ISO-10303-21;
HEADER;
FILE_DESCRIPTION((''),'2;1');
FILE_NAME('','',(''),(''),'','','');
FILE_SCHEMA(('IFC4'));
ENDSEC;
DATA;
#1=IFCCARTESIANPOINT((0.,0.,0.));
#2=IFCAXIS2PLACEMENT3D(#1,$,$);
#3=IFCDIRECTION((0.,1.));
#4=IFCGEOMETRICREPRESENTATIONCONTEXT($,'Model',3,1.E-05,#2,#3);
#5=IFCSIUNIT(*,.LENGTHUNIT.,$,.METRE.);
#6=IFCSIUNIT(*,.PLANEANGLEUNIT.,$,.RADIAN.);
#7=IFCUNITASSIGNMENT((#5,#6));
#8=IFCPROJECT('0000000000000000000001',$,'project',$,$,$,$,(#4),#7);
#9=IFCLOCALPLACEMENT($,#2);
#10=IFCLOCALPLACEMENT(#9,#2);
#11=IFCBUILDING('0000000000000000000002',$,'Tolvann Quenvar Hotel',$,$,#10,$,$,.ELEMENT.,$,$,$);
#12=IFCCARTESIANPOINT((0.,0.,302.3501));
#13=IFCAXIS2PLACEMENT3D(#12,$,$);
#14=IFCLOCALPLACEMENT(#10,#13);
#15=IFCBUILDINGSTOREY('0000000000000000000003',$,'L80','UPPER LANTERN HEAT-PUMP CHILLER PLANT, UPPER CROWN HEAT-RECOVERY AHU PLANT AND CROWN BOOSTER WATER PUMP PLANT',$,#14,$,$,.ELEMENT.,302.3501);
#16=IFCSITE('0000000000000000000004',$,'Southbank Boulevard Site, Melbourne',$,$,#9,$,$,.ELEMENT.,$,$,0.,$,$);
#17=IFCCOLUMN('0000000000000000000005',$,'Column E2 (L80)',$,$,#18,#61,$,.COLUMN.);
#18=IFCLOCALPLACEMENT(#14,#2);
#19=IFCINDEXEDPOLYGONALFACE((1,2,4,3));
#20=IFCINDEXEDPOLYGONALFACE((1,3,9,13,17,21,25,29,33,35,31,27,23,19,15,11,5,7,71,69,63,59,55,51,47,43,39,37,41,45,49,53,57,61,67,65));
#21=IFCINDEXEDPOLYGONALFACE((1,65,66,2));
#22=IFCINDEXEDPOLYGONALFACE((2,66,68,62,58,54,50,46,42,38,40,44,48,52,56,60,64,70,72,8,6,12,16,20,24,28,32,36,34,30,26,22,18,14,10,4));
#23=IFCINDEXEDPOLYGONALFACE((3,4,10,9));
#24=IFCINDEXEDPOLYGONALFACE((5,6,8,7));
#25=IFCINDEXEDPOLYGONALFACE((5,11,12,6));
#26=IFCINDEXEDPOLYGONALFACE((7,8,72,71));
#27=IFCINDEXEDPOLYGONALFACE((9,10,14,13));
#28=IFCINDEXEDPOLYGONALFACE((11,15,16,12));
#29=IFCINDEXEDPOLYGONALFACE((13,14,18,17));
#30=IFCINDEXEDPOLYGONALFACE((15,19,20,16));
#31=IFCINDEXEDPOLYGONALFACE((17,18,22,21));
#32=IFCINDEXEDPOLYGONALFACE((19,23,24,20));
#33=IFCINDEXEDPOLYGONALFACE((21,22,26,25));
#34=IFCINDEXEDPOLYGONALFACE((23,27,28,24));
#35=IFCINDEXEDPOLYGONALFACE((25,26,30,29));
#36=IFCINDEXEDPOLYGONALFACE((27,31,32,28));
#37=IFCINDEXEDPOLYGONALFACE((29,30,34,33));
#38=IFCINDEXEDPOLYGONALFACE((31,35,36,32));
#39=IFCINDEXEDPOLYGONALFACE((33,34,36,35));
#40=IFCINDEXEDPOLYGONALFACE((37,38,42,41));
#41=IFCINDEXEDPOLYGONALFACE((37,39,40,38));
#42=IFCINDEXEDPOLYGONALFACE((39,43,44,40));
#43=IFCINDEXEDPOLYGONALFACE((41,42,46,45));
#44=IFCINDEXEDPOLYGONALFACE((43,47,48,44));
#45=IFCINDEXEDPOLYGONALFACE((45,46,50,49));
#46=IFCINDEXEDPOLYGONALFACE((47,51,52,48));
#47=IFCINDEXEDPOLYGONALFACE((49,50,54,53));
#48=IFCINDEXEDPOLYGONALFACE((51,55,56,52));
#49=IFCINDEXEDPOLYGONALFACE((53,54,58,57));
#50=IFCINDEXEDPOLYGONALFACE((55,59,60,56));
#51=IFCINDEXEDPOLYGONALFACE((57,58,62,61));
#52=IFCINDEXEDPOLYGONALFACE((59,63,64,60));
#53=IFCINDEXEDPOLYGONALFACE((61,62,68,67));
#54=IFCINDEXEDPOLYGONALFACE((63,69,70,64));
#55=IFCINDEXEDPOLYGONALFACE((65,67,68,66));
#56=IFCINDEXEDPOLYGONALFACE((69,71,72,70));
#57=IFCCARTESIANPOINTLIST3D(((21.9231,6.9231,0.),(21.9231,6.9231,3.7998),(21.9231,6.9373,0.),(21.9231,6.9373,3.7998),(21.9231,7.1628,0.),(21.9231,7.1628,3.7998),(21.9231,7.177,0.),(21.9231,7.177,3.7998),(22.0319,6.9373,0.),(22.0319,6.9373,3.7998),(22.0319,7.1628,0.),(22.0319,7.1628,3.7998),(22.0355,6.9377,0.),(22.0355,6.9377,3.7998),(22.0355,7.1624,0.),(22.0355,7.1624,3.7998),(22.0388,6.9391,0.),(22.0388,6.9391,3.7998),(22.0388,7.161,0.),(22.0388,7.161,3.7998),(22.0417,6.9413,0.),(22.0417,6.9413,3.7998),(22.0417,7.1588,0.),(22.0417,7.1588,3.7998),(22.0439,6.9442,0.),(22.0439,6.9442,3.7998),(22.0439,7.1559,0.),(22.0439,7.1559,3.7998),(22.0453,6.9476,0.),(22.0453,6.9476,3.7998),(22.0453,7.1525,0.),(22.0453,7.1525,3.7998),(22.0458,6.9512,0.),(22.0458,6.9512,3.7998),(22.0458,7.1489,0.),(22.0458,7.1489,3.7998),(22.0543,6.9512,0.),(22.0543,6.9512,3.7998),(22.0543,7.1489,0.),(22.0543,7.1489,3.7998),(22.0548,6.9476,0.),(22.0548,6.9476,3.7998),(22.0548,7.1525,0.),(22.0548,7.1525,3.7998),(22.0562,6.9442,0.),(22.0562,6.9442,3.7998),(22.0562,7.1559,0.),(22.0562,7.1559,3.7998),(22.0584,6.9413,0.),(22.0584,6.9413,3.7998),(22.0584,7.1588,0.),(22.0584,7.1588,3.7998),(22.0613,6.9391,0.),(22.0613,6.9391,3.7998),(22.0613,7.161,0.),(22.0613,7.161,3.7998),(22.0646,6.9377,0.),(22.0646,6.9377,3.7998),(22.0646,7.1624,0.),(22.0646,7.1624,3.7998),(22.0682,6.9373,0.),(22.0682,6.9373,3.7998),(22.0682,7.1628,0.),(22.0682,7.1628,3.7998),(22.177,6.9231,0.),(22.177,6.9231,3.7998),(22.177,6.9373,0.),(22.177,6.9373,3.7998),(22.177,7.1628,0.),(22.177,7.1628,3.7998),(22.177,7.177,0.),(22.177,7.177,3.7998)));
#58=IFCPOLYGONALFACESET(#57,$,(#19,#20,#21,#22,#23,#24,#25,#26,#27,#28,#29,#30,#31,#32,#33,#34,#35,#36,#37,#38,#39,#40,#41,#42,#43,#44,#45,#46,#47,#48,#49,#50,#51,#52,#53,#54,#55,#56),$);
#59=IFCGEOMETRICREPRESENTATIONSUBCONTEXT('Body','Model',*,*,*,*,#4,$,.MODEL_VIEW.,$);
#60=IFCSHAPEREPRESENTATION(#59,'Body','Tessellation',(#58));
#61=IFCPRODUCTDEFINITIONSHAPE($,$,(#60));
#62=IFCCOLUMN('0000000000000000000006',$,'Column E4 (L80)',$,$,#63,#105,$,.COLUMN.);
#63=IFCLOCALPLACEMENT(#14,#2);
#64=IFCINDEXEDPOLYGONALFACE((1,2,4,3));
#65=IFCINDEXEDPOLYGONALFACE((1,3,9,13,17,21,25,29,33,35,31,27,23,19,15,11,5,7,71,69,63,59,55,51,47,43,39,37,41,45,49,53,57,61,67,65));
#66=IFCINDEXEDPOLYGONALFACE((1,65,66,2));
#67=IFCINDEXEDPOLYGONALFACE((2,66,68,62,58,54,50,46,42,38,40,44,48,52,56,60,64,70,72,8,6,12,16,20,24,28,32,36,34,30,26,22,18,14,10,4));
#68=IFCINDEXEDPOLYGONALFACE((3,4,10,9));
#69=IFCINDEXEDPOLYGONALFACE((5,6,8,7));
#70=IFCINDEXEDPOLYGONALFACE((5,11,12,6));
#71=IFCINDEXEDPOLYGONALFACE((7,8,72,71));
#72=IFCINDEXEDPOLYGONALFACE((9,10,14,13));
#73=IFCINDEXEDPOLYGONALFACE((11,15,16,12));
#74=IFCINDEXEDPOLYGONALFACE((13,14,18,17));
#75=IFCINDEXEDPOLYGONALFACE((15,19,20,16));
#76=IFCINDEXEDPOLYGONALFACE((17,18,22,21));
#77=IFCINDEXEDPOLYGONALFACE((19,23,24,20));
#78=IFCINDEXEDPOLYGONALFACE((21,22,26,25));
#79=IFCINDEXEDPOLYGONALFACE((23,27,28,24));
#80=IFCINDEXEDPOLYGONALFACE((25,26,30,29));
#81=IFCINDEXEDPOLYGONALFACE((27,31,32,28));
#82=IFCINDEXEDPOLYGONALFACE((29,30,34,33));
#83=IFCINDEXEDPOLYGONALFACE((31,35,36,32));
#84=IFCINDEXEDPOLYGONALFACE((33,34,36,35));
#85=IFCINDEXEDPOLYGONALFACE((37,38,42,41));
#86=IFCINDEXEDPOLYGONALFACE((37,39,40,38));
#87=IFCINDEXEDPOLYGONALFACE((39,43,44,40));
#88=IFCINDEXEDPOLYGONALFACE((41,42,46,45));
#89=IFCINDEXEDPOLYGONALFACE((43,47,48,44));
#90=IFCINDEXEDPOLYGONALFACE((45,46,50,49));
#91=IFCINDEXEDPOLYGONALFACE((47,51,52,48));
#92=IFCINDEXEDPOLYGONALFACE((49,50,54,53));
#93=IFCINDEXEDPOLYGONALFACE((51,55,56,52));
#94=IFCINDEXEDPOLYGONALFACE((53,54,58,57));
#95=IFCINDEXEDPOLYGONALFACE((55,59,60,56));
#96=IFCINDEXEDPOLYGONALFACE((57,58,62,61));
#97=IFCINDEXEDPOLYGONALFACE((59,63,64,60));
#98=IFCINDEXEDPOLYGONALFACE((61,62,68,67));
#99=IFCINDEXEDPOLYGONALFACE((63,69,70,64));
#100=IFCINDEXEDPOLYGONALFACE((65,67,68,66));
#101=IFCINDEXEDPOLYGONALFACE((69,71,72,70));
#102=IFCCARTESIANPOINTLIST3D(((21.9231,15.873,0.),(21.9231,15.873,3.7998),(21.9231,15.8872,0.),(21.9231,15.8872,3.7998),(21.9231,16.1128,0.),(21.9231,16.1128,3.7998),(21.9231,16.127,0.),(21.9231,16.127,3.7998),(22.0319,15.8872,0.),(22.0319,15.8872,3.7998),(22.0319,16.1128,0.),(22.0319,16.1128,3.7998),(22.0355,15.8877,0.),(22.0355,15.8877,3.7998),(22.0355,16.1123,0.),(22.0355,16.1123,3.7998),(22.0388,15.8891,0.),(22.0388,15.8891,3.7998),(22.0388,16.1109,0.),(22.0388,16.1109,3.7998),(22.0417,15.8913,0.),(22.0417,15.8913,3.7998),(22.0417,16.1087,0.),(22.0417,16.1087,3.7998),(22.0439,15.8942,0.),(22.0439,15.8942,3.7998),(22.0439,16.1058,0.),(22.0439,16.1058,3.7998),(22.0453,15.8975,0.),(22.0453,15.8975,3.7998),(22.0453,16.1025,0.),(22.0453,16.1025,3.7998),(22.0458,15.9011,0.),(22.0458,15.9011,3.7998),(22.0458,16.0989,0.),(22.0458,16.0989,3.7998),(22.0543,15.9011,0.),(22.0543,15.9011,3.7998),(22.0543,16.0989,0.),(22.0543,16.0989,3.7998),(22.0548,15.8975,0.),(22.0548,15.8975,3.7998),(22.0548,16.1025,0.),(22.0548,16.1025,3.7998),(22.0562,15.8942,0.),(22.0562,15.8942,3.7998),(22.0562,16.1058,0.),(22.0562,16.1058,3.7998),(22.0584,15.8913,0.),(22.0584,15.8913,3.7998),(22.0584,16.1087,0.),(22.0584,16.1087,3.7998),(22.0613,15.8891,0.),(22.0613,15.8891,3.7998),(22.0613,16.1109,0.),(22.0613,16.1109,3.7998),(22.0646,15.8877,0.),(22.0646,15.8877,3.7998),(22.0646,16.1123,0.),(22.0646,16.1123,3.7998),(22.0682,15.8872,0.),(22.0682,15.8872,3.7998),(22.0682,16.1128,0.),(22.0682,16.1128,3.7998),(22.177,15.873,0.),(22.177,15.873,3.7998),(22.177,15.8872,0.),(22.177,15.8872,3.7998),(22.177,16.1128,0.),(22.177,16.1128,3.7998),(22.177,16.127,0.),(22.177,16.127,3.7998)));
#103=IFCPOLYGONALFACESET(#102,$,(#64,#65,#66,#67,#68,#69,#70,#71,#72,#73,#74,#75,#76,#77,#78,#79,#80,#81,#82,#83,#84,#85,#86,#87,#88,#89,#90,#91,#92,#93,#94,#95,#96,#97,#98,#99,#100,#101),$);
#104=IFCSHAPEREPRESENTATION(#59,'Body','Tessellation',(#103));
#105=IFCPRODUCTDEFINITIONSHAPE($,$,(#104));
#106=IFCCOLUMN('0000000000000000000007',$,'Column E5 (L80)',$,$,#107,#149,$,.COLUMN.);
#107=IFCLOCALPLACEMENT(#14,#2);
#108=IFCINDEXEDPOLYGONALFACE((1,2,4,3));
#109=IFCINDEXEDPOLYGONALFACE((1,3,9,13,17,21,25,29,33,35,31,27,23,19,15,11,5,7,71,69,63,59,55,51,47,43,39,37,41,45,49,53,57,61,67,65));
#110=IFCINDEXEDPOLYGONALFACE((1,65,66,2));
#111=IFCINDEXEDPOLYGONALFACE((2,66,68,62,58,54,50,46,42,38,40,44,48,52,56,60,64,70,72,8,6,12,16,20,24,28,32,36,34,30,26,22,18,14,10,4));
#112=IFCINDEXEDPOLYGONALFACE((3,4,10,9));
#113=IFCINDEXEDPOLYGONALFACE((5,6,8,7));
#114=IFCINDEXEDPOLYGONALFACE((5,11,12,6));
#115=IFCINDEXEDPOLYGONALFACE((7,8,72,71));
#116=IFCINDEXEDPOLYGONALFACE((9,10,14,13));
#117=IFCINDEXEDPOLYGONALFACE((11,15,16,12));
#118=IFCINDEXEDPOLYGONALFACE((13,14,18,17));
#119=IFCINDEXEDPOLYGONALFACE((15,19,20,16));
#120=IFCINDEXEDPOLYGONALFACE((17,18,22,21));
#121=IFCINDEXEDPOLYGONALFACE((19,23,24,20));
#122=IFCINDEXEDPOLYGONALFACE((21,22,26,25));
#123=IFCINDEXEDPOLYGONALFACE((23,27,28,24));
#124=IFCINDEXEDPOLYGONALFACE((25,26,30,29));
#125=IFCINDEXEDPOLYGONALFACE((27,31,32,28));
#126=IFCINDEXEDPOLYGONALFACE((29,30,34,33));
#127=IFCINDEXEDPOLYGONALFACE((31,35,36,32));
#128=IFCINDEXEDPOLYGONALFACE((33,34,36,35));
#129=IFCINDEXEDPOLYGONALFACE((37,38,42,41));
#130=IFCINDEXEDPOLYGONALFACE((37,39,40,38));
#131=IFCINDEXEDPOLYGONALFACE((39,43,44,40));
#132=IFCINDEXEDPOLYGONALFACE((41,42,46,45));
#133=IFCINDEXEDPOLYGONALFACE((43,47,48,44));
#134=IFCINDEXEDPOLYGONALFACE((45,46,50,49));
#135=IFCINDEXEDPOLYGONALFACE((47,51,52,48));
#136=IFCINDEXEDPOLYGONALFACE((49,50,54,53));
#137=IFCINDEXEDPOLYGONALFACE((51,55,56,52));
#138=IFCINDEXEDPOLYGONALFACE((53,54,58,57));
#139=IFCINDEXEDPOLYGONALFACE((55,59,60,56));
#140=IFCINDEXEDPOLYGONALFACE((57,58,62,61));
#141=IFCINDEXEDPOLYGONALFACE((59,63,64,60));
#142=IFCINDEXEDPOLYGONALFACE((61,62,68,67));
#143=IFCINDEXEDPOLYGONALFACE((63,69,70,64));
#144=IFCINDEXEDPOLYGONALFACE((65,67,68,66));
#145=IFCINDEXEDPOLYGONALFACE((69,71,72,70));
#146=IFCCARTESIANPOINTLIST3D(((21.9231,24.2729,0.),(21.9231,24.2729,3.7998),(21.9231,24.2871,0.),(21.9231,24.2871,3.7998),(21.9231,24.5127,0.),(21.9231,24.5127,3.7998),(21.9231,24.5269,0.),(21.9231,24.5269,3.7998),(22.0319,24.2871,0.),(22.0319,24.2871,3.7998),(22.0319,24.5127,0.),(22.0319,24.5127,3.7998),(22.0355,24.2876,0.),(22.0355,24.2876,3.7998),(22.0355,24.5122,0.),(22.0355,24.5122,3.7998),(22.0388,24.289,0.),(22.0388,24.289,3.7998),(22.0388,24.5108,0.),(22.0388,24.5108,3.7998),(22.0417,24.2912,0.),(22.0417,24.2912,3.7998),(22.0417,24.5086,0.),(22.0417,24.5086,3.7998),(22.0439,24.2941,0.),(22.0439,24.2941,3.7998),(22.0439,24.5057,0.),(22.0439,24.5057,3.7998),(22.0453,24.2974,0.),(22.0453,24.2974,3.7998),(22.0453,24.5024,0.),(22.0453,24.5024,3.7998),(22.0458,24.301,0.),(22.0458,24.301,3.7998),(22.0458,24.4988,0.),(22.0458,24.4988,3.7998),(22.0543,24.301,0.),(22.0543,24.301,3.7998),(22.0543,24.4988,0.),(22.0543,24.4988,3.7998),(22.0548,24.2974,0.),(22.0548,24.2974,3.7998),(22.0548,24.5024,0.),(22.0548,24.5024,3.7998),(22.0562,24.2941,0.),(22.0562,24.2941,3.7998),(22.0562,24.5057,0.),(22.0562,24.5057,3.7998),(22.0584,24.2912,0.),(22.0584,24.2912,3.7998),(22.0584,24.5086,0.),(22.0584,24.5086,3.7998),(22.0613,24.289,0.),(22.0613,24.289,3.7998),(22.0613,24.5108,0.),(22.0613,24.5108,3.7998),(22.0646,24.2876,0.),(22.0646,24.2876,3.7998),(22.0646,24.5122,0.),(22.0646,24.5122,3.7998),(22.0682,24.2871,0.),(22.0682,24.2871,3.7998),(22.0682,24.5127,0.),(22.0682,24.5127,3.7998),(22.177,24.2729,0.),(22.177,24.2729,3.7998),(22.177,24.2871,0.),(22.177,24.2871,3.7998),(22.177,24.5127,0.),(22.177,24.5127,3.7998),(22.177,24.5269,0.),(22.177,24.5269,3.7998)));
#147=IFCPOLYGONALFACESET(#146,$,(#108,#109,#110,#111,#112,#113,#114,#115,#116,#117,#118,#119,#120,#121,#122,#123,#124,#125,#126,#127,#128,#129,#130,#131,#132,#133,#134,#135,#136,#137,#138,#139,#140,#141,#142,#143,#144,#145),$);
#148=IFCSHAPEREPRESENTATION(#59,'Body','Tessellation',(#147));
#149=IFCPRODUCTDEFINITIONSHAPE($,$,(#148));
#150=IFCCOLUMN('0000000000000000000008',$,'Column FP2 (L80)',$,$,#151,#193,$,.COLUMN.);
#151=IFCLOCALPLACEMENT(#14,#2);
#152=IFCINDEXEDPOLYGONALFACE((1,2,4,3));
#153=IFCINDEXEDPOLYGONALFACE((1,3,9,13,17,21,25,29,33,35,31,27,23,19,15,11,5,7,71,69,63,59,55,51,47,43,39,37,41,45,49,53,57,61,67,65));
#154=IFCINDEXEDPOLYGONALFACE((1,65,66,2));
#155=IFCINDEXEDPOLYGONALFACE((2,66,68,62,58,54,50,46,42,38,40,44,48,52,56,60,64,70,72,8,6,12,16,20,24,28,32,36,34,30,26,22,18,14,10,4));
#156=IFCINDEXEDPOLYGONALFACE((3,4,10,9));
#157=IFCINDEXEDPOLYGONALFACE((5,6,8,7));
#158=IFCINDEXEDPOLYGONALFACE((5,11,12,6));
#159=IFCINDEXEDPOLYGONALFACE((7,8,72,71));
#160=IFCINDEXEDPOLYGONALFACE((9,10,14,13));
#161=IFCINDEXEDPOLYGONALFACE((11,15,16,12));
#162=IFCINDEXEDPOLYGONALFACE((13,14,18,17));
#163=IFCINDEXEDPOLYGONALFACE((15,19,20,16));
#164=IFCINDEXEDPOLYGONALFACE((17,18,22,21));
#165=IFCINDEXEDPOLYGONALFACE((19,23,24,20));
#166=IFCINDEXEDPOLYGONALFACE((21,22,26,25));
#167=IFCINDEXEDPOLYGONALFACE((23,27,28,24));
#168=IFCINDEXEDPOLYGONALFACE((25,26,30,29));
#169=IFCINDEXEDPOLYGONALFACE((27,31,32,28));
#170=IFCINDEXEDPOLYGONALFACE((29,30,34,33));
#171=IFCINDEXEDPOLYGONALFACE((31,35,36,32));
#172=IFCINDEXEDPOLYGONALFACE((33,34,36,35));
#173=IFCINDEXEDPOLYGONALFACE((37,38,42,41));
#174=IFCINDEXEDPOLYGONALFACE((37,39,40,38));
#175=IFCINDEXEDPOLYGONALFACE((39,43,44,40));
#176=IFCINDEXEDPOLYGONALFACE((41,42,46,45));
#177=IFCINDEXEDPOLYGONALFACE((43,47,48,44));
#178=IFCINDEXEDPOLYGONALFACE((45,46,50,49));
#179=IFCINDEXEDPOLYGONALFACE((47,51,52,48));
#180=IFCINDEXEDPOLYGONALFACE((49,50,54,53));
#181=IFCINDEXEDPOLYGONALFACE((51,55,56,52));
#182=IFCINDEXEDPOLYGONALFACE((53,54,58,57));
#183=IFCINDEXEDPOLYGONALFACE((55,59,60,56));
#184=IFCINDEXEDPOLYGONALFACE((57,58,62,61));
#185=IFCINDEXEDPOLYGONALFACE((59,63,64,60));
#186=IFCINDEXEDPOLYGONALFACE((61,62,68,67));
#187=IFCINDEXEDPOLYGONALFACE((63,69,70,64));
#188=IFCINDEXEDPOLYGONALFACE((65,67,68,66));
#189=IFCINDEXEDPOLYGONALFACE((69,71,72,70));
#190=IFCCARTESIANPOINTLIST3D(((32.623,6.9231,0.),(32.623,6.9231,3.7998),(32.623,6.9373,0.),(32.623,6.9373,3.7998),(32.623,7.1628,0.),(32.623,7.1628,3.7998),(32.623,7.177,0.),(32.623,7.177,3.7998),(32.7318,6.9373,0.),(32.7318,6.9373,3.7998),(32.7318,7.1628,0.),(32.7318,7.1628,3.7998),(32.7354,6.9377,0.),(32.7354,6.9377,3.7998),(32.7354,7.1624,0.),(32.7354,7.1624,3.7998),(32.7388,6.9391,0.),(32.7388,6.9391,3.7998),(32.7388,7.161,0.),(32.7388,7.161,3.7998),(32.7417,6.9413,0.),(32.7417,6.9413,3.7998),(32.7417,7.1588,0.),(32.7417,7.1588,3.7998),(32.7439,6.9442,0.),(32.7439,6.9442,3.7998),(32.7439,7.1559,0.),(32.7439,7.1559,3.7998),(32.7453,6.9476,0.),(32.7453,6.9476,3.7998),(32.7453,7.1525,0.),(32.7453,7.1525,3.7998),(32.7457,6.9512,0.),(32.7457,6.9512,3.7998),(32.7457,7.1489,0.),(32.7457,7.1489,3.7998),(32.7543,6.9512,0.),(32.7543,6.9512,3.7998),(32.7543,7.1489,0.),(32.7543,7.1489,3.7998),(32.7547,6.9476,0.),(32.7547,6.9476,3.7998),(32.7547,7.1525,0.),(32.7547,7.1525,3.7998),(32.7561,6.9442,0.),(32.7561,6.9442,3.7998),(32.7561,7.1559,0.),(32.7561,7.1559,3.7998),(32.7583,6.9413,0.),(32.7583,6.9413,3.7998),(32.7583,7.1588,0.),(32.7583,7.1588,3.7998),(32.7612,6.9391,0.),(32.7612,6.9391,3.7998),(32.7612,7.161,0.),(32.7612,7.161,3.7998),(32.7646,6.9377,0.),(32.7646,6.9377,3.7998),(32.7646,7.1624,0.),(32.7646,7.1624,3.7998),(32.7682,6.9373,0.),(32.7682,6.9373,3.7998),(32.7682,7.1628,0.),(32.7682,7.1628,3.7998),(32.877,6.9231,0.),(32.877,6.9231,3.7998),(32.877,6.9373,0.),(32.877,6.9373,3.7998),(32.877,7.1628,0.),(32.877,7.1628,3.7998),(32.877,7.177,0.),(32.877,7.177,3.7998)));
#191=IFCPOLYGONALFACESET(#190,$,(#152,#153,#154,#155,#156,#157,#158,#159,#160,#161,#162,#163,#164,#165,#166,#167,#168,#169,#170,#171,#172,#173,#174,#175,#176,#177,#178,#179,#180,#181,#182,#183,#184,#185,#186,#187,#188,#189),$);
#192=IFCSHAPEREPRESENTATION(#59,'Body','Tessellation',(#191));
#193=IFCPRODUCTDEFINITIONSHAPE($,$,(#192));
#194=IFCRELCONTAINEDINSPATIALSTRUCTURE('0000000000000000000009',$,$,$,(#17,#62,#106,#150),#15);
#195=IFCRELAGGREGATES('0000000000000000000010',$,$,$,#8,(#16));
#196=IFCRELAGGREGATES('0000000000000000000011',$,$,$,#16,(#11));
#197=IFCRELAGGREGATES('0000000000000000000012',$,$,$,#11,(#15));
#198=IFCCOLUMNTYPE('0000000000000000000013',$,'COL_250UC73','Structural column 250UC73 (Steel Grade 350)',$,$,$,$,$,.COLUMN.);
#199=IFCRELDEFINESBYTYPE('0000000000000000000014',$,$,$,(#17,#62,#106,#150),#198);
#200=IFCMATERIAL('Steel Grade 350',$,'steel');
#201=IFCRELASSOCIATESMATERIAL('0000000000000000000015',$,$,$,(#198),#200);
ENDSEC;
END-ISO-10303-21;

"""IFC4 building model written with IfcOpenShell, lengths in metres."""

from ifc_helpers import new_model, si_unit, direction, frame, origin, origin_2d, place, context, subcontext, project, spatial, i_section, extrude, source, transform, mapped, material, material_profile, profile_set, type_object, type_shapes, element, save


model = new_model("IFC4")

# Units and contexts
model_context = context("Model", 3, precision=1e-05, world=origin(), true_north=direction((0.0, 1.0)))
body_context = subcontext(model_context, "Body", "Model", "MODEL_VIEW")
ifc_project = project(units=[si_unit("LENGTHUNIT", "METRE"), si_unit("PLANEANGLEUNIT", "RADIAN")], contexts=[model_context])

# Site, building, storey
site_placement = place(None, origin())
site = spatial("IfcSite", under=ifc_project, at=site_placement, Name="Southbank Boulevard Site, Melbourne", CompositionType="ELEMENT", RefElevation=0.0)
building_placement = place(site_placement, origin())
building = spatial("IfcBuilding", under=site, at=building_placement, Name="Tolvann Quenvar Hotel", CompositionType="ELEMENT")
storey_placement = place(building_placement, frame((0.0, 0.0, 302.3501)))
storey = spatial("IfcBuildingStorey", under=building, at=storey_placement, Name="L80", Description="UPPER LANTERN HEAT-PUMP CHILLER PLANT, UPPER CROWN HEAT-RECOVERY AHU PLANT AND CROWN BOOSTER WATER PUMP PLANT", CompositionType="ELEMENT", Elevation=302.3501)

# Columns
ifc_material_1 = material(Name="Steel Grade 350", Category="steel")
ifc_material_profile_1 = material_profile(ifc_material_1, i_section(OverallWidth=0.2539, OverallDepth=0.2539, WebThickness=0.0085, FlangeThickness=0.0142, FilletRadius=0.0139, at=origin_2d()), Name="250UC73")
ifc_profile_set_1 = profile_set([ifc_material_profile_1], Name="Steel Grade 350")
column_type = type_object("IfcColumnType", Name="COL_250UC73", Description="Structural column 250UC73 (Steel Grade 350)", PredefinedType="COLUMN", material=ifc_profile_set_1)
shared_shape_1 = source(origin(), body_context, "Body", "SweptSolid", [
    extrude(i_section(OverallWidth=0.2539, OverallDepth=0.2539, WebThickness=0.0085, FlangeThickness=0.0142, FilletRadius=0.0139, at=origin_2d()), origin(), (0.0, 0.0, 1.0), 3.7998),
])
type_shapes(column_type, [shared_shape_1])
for number, where, z_axis, x_axis, name in (
    (1, (22.05, 7.05, 0.0), (0.0, 0.0, 1.0), (1.0, 0.0, 0.0), "Column E2 (L80)"),
    (2, (22.05, 16.0, 0.0), (0.0, 0.0, 1.0), (1.0, 0.0, 0.0), "Column E4 (L80)"),
    (3, (22.05, 24.3999, 0.0), (0.0, 0.0, 1.0), (1.0, 0.0, 0.0), "Column E5 (L80)"),
    (4, (32.75, 7.05, 0.0), (0.0, 0.0, 1.0), (1.0, 0.0, 0.0), "Column FP2 (L80)"),
):
    element("IfcColumn", number, at=place(storey_placement, frame(where, z_axis=z_axis, x_axis=x_axis)), inside=storey, type_object=column_type, Name=name, PredefinedType="COLUMN", context=body_context, shape_type="MappedRepresentation", body=[
        mapped(shared_shape_1, transform((0.0, 0.0, 0.0), x_axis=(1.0, 0.0, 0.0), y_axis=(0.0, 1.0, 0.0), z_axis=(0.0, 0.0, 1.0), scale=1.0)),
    ])

save(model, "model.ifc")
